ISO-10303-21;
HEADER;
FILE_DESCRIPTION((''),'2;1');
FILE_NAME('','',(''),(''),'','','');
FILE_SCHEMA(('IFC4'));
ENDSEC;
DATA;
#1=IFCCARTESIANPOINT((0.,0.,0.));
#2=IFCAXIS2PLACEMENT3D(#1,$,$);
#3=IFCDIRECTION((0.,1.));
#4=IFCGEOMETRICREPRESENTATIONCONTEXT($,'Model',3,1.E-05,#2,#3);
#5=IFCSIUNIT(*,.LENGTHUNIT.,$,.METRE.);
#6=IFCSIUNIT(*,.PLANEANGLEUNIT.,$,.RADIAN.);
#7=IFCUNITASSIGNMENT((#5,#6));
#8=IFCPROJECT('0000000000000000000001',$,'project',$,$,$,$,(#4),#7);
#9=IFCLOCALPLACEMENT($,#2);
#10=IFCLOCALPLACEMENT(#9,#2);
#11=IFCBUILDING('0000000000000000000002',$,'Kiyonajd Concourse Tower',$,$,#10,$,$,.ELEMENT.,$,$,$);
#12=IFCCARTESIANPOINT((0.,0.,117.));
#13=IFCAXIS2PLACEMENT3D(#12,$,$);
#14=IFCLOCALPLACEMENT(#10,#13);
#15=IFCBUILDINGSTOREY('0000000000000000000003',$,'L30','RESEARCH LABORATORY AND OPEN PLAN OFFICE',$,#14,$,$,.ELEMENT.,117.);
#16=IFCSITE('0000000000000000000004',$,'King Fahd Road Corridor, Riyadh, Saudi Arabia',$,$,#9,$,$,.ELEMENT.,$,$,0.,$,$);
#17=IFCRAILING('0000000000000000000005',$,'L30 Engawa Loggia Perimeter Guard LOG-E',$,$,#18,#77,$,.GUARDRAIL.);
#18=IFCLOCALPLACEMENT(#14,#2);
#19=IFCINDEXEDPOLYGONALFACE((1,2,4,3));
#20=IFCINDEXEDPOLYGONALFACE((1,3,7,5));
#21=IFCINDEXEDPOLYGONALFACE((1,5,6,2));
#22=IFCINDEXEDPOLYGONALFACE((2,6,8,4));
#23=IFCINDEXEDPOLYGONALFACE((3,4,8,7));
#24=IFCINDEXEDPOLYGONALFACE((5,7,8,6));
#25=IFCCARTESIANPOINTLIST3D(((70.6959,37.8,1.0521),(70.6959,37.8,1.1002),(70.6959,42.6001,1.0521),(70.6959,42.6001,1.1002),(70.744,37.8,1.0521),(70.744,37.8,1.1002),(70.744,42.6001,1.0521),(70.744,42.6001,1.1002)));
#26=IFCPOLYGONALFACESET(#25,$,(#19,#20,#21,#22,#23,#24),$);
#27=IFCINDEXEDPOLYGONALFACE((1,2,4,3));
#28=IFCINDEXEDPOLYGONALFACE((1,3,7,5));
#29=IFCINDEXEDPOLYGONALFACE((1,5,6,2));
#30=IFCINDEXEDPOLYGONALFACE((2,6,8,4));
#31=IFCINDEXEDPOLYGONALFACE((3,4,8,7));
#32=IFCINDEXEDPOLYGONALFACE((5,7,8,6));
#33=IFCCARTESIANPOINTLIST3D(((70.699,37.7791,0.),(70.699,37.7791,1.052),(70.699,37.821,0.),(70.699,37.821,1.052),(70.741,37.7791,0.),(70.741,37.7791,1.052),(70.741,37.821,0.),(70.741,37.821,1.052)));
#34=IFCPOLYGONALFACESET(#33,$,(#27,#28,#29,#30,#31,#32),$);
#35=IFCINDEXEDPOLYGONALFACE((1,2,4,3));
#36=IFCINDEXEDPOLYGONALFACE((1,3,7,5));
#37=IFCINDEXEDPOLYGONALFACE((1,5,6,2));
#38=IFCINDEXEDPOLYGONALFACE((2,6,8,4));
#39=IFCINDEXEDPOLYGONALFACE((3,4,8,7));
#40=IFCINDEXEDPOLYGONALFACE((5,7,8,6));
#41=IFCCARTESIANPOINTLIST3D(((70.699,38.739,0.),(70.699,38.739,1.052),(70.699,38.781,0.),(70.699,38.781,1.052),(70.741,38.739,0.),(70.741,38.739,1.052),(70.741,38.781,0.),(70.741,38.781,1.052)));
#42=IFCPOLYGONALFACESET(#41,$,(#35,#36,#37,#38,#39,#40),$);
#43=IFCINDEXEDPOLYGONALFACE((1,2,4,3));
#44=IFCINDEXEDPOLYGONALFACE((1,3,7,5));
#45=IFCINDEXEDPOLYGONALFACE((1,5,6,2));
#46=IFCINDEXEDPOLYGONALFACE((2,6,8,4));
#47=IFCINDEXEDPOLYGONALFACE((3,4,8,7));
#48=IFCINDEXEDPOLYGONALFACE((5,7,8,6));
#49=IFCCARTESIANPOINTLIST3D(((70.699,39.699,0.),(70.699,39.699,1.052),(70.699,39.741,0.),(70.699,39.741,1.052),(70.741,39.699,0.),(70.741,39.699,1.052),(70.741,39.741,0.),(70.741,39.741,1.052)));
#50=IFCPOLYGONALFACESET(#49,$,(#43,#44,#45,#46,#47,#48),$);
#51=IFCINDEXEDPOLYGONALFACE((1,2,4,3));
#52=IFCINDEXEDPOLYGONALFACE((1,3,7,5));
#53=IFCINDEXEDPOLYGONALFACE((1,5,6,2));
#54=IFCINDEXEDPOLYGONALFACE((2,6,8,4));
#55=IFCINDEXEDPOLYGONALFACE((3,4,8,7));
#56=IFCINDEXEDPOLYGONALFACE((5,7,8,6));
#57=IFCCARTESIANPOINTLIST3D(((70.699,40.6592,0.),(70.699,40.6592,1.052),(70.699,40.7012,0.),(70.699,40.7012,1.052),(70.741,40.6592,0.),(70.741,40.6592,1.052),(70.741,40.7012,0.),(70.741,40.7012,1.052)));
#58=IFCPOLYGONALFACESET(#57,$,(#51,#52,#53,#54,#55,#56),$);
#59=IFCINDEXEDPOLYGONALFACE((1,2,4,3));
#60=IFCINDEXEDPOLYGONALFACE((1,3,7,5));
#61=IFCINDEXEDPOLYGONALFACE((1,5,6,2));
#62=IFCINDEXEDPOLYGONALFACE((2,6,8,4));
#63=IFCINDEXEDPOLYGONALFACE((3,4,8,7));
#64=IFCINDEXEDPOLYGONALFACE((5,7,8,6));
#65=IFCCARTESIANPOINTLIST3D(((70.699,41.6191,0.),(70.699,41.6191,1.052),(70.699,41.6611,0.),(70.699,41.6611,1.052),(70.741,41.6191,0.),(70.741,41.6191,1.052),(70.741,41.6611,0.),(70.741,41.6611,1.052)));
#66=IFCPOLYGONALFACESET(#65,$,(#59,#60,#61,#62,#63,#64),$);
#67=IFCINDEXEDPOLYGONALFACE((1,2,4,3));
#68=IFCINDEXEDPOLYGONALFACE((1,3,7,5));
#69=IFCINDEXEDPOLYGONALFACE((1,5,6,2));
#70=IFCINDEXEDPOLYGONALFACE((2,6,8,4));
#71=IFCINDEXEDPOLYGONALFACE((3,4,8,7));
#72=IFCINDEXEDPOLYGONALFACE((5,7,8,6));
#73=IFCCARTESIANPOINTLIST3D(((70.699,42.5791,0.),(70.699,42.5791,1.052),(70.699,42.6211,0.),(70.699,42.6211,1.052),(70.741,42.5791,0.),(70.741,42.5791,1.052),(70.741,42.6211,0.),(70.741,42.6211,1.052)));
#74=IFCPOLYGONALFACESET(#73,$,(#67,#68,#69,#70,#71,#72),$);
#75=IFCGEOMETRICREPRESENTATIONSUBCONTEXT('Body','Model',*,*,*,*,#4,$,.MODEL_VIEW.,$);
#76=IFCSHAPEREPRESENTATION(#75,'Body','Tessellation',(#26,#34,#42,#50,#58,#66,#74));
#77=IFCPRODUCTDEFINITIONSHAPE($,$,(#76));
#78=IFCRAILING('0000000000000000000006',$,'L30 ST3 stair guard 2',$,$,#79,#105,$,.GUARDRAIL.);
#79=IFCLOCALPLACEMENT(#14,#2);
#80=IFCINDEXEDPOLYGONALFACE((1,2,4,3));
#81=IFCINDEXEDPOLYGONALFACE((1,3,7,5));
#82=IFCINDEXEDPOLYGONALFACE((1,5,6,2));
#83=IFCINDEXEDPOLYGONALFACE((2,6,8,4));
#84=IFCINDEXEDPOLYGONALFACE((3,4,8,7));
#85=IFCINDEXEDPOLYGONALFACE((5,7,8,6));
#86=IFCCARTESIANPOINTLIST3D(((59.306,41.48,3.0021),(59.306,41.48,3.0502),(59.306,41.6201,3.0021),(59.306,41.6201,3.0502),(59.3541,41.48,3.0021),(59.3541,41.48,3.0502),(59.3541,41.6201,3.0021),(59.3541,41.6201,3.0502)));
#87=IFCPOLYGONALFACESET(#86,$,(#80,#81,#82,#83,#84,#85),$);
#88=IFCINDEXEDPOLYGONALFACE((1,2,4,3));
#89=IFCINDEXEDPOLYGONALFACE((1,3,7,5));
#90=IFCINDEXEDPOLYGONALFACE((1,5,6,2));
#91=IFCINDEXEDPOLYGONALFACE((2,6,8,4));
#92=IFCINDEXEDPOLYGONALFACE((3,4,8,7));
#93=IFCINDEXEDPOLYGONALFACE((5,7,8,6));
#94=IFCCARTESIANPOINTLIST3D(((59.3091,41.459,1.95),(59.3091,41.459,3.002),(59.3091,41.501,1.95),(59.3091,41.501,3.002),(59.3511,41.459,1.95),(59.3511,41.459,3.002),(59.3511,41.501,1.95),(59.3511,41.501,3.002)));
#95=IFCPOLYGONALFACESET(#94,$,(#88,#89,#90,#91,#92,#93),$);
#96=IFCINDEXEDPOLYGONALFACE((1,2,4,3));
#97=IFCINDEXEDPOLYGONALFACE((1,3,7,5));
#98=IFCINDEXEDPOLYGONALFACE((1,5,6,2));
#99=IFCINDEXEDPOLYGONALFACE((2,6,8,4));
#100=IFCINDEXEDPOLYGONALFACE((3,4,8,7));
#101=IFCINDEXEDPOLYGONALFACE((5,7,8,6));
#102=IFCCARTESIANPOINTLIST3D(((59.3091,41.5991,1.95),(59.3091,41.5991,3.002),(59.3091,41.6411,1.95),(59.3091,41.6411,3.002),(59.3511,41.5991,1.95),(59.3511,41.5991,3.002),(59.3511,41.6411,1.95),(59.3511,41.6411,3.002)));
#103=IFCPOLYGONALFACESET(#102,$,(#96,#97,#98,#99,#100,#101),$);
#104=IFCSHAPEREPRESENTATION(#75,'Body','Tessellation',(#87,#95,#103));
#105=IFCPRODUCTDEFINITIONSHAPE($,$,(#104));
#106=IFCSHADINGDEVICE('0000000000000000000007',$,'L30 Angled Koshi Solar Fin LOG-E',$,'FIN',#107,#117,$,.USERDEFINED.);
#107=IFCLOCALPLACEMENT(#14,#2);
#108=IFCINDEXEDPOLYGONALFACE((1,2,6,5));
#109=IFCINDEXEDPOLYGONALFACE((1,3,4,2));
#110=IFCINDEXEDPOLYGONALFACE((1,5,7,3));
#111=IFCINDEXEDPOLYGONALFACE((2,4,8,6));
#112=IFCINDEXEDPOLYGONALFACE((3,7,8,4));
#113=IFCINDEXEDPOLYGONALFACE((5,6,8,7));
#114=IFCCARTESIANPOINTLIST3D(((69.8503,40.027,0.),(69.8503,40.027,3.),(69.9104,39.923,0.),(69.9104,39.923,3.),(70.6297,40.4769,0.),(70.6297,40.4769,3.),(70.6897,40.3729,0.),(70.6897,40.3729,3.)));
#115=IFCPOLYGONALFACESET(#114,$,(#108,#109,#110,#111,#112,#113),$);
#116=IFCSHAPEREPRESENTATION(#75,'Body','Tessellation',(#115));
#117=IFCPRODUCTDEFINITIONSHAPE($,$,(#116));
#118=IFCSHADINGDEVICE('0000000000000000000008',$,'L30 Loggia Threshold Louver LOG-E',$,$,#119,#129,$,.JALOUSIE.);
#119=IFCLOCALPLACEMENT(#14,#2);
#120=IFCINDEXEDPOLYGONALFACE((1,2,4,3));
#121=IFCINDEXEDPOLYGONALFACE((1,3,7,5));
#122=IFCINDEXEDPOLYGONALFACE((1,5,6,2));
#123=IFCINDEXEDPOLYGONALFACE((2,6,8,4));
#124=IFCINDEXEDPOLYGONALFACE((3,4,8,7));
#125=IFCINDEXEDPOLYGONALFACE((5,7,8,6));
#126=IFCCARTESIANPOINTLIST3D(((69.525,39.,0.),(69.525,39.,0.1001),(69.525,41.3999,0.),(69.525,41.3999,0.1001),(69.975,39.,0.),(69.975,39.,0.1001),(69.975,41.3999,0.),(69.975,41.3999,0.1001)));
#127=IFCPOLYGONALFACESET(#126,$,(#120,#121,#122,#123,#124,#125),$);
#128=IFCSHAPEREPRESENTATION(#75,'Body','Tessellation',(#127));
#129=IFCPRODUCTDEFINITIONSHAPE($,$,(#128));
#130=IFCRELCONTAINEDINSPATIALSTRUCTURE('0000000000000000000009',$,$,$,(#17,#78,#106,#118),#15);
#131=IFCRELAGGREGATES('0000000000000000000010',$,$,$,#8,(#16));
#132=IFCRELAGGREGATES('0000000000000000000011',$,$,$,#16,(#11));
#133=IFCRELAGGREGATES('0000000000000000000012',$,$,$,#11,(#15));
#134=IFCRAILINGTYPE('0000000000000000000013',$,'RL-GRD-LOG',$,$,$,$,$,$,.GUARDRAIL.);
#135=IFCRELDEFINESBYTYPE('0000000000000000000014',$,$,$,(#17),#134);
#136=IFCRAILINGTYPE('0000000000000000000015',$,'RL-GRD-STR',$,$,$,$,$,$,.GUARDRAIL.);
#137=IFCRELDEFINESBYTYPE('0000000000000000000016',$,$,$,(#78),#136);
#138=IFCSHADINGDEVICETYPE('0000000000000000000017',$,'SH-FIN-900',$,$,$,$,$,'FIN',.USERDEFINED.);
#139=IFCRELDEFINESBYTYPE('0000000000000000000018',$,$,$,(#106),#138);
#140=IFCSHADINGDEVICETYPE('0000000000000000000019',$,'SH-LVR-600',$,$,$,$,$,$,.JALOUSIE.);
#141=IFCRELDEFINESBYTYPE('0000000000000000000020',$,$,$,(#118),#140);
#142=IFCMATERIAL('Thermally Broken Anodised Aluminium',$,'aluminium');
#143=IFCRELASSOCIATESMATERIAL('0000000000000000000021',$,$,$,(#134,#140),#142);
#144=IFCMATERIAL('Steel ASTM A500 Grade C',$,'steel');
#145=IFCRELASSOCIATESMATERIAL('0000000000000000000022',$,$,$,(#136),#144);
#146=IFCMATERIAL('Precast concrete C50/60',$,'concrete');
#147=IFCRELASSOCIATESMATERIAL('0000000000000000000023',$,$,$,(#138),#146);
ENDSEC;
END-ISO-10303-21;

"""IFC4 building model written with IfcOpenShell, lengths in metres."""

from ifc_helpers import new_model, si_unit, direction, frame, origin, origin_2d, place, context, subcontext, project, spatial, rectangle, extrude, material, type_object, element, save


model = new_model("IFC4")

# Units and contexts
model_context = context("Model", 3, precision=1e-05, world=origin(), true_north=direction((0.0, 1.0)))
body_context = subcontext(model_context, "Body", "Model", "MODEL_VIEW")
ifc_project = project(units=[si_unit("LENGTHUNIT", "METRE"), si_unit("PLANEANGLEUNIT", "RADIAN")], contexts=[model_context])

# Site, building, storey
site_placement = place(None, origin())
site = spatial("IfcSite", under=ifc_project, at=site_placement, Name="King Fahd Road Corridor, Riyadh, Saudi Arabia", CompositionType="ELEMENT", RefElevation=0.0)
building_placement = place(site_placement, origin())
building = spatial("IfcBuilding", under=site, at=building_placement, Name="Kiyonajd Concourse Tower", CompositionType="ELEMENT")
storey_placement = place(building_placement, frame((0.0, 0.0, 117.0)))
storey = spatial("IfcBuildingStorey", under=building, at=storey_placement, Name="L30", Description="RESEARCH LABORATORY AND OPEN PLAN OFFICE", CompositionType="ELEMENT", Elevation=117.0)

# Shared definitions
ifc_material_1 = material(Name="Precast concrete C50/60", Category="concrete")

# Shared definitions
ifc_material_2 = material(Name="Thermally Broken Anodised Aluminium", Category="aluminium")

# Railings
railing_type_1 = type_object("IfcRailingType", Name="RL-GRD-LOG", PredefinedType="GUARDRAIL", material=ifc_material_2)
railing_1_placement = place(storey_placement, frame((70.72, 37.8, 0.0)))
element("IfcRailing", 1, at=railing_1_placement, inside=storey, type_object=railing_type_1, Name="L30 Engawa Loggia Perimeter Guard LOG-E", PredefinedType="GUARDRAIL", context=body_context, shape_type="SweptSolid", body=[
    extrude(rectangle(XDim=0.0481, YDim=0.0481, at=origin_2d()), frame((0.0, 0.0, 1.0762), z_axis=(0.0, 1.0, 0.0), x_axis=(-1.0, 0.0, 0.0)), (0.0, 0.0, 1.0), 4.8),
    extrude(rectangle(XDim=0.042, YDim=0.042, at=origin_2d()), origin(), (0.0, 0.0, 1.0), 1.052),
    extrude(rectangle(XDim=0.042, YDim=0.042, at=origin_2d()), frame((0.0, 0.96, 0.0)), (0.0, 0.0, 1.0), 1.052),
    extrude(rectangle(XDim=0.042, YDim=0.042, at=origin_2d()), frame((0.0, 1.9199, 0.0)), (0.0, 0.0, 1.0), 1.052),
    extrude(rectangle(XDim=0.042, YDim=0.042, at=origin_2d()), frame((0.0, 2.8801, 0.0)), (0.0, 0.0, 1.0), 1.052),
    extrude(rectangle(XDim=0.042, YDim=0.042, at=origin_2d()), frame((0.0, 3.8401, 0.0)), (0.0, 0.0, 1.0), 1.052),
    extrude(rectangle(XDim=0.042, YDim=0.042, at=origin_2d()), frame((0.0, 4.8, 0.0)), (0.0, 0.0, 1.0), 1.052),
])
ifc_material_3 = material(Name="Steel ASTM A500 Grade C", Category="steel")
railing_type_2 = type_object("IfcRailingType", Name="RL-GRD-STR", PredefinedType="GUARDRAIL", material=ifc_material_3)
railing_2_placement = place(storey_placement, frame((59.3301, 41.48, 1.95)))
element("IfcRailing", 2, at=railing_2_placement, inside=storey, type_object=railing_type_2, Name="L30 ST3 stair guard 2", PredefinedType="GUARDRAIL", context=body_context, shape_type="SweptSolid", body=[
    extrude(rectangle(XDim=0.0481, YDim=0.0481, at=origin_2d()), frame((0.0, 0.0, 1.0762), z_axis=(0.0, 1.0, 0.0), x_axis=(-1.0, 0.0, 0.0)), (0.0, 0.0, 1.0), 0.1401),
    extrude(rectangle(XDim=0.042, YDim=0.042, at=origin_2d()), origin(), (0.0, 0.0, 1.0), 1.052),
    extrude(rectangle(XDim=0.042, YDim=0.042, at=origin_2d()), frame((0.0, 0.1401, 0.0)), (0.0, 0.0, 1.0), 1.052),
])

# Shading devices
shading_device_type_1 = type_object("IfcShadingDeviceType", Name="SH-FIN-900", ElementType="FIN", PredefinedType="USERDEFINED", material=ifc_material_1)
shading_device_1_placement = place(storey_placement, frame((70.27, 40.2, 0.0), z_axis=(0.0, 0.0, 1.0), x_axis=(0.866025, 0.5, 0.0)))
element("IfcShadingDevice", 3, at=shading_device_1_placement, inside=storey, type_object=shading_device_type_1, Name="L30 Angled Koshi Solar Fin LOG-E", ObjectType="FIN", PredefinedType="USERDEFINED", context=body_context, shape_type="SweptSolid", body=[
    extrude(rectangle(XDim=0.8999, YDim=0.1201, at=origin_2d()), origin(), (0.0, 0.0, 1.0), 3.0),
])
shading_device_type_2 = type_object("IfcShadingDeviceType", Name="SH-LVR-600", PredefinedType="JALOUSIE", material=ifc_material_2)
shading_device_2_placement = place(storey_placement, frame((69.75, 40.2, 0.0), z_axis=(0.0, 0.0, 1.0), x_axis=(0.0, 1.0, 0.0)))
element("IfcShadingDevice", 4, at=shading_device_2_placement, inside=storey, type_object=shading_device_type_2, Name="L30 Loggia Threshold Louver LOG-E", PredefinedType="JALOUSIE", context=body_context, shape_type="SweptSolid", body=[
    extrude(rectangle(XDim=2.3999, YDim=0.45, at=origin_2d()), origin(), (0.0, 0.0, 1.0), 0.1001),
])

save(model, "model.ifc")
